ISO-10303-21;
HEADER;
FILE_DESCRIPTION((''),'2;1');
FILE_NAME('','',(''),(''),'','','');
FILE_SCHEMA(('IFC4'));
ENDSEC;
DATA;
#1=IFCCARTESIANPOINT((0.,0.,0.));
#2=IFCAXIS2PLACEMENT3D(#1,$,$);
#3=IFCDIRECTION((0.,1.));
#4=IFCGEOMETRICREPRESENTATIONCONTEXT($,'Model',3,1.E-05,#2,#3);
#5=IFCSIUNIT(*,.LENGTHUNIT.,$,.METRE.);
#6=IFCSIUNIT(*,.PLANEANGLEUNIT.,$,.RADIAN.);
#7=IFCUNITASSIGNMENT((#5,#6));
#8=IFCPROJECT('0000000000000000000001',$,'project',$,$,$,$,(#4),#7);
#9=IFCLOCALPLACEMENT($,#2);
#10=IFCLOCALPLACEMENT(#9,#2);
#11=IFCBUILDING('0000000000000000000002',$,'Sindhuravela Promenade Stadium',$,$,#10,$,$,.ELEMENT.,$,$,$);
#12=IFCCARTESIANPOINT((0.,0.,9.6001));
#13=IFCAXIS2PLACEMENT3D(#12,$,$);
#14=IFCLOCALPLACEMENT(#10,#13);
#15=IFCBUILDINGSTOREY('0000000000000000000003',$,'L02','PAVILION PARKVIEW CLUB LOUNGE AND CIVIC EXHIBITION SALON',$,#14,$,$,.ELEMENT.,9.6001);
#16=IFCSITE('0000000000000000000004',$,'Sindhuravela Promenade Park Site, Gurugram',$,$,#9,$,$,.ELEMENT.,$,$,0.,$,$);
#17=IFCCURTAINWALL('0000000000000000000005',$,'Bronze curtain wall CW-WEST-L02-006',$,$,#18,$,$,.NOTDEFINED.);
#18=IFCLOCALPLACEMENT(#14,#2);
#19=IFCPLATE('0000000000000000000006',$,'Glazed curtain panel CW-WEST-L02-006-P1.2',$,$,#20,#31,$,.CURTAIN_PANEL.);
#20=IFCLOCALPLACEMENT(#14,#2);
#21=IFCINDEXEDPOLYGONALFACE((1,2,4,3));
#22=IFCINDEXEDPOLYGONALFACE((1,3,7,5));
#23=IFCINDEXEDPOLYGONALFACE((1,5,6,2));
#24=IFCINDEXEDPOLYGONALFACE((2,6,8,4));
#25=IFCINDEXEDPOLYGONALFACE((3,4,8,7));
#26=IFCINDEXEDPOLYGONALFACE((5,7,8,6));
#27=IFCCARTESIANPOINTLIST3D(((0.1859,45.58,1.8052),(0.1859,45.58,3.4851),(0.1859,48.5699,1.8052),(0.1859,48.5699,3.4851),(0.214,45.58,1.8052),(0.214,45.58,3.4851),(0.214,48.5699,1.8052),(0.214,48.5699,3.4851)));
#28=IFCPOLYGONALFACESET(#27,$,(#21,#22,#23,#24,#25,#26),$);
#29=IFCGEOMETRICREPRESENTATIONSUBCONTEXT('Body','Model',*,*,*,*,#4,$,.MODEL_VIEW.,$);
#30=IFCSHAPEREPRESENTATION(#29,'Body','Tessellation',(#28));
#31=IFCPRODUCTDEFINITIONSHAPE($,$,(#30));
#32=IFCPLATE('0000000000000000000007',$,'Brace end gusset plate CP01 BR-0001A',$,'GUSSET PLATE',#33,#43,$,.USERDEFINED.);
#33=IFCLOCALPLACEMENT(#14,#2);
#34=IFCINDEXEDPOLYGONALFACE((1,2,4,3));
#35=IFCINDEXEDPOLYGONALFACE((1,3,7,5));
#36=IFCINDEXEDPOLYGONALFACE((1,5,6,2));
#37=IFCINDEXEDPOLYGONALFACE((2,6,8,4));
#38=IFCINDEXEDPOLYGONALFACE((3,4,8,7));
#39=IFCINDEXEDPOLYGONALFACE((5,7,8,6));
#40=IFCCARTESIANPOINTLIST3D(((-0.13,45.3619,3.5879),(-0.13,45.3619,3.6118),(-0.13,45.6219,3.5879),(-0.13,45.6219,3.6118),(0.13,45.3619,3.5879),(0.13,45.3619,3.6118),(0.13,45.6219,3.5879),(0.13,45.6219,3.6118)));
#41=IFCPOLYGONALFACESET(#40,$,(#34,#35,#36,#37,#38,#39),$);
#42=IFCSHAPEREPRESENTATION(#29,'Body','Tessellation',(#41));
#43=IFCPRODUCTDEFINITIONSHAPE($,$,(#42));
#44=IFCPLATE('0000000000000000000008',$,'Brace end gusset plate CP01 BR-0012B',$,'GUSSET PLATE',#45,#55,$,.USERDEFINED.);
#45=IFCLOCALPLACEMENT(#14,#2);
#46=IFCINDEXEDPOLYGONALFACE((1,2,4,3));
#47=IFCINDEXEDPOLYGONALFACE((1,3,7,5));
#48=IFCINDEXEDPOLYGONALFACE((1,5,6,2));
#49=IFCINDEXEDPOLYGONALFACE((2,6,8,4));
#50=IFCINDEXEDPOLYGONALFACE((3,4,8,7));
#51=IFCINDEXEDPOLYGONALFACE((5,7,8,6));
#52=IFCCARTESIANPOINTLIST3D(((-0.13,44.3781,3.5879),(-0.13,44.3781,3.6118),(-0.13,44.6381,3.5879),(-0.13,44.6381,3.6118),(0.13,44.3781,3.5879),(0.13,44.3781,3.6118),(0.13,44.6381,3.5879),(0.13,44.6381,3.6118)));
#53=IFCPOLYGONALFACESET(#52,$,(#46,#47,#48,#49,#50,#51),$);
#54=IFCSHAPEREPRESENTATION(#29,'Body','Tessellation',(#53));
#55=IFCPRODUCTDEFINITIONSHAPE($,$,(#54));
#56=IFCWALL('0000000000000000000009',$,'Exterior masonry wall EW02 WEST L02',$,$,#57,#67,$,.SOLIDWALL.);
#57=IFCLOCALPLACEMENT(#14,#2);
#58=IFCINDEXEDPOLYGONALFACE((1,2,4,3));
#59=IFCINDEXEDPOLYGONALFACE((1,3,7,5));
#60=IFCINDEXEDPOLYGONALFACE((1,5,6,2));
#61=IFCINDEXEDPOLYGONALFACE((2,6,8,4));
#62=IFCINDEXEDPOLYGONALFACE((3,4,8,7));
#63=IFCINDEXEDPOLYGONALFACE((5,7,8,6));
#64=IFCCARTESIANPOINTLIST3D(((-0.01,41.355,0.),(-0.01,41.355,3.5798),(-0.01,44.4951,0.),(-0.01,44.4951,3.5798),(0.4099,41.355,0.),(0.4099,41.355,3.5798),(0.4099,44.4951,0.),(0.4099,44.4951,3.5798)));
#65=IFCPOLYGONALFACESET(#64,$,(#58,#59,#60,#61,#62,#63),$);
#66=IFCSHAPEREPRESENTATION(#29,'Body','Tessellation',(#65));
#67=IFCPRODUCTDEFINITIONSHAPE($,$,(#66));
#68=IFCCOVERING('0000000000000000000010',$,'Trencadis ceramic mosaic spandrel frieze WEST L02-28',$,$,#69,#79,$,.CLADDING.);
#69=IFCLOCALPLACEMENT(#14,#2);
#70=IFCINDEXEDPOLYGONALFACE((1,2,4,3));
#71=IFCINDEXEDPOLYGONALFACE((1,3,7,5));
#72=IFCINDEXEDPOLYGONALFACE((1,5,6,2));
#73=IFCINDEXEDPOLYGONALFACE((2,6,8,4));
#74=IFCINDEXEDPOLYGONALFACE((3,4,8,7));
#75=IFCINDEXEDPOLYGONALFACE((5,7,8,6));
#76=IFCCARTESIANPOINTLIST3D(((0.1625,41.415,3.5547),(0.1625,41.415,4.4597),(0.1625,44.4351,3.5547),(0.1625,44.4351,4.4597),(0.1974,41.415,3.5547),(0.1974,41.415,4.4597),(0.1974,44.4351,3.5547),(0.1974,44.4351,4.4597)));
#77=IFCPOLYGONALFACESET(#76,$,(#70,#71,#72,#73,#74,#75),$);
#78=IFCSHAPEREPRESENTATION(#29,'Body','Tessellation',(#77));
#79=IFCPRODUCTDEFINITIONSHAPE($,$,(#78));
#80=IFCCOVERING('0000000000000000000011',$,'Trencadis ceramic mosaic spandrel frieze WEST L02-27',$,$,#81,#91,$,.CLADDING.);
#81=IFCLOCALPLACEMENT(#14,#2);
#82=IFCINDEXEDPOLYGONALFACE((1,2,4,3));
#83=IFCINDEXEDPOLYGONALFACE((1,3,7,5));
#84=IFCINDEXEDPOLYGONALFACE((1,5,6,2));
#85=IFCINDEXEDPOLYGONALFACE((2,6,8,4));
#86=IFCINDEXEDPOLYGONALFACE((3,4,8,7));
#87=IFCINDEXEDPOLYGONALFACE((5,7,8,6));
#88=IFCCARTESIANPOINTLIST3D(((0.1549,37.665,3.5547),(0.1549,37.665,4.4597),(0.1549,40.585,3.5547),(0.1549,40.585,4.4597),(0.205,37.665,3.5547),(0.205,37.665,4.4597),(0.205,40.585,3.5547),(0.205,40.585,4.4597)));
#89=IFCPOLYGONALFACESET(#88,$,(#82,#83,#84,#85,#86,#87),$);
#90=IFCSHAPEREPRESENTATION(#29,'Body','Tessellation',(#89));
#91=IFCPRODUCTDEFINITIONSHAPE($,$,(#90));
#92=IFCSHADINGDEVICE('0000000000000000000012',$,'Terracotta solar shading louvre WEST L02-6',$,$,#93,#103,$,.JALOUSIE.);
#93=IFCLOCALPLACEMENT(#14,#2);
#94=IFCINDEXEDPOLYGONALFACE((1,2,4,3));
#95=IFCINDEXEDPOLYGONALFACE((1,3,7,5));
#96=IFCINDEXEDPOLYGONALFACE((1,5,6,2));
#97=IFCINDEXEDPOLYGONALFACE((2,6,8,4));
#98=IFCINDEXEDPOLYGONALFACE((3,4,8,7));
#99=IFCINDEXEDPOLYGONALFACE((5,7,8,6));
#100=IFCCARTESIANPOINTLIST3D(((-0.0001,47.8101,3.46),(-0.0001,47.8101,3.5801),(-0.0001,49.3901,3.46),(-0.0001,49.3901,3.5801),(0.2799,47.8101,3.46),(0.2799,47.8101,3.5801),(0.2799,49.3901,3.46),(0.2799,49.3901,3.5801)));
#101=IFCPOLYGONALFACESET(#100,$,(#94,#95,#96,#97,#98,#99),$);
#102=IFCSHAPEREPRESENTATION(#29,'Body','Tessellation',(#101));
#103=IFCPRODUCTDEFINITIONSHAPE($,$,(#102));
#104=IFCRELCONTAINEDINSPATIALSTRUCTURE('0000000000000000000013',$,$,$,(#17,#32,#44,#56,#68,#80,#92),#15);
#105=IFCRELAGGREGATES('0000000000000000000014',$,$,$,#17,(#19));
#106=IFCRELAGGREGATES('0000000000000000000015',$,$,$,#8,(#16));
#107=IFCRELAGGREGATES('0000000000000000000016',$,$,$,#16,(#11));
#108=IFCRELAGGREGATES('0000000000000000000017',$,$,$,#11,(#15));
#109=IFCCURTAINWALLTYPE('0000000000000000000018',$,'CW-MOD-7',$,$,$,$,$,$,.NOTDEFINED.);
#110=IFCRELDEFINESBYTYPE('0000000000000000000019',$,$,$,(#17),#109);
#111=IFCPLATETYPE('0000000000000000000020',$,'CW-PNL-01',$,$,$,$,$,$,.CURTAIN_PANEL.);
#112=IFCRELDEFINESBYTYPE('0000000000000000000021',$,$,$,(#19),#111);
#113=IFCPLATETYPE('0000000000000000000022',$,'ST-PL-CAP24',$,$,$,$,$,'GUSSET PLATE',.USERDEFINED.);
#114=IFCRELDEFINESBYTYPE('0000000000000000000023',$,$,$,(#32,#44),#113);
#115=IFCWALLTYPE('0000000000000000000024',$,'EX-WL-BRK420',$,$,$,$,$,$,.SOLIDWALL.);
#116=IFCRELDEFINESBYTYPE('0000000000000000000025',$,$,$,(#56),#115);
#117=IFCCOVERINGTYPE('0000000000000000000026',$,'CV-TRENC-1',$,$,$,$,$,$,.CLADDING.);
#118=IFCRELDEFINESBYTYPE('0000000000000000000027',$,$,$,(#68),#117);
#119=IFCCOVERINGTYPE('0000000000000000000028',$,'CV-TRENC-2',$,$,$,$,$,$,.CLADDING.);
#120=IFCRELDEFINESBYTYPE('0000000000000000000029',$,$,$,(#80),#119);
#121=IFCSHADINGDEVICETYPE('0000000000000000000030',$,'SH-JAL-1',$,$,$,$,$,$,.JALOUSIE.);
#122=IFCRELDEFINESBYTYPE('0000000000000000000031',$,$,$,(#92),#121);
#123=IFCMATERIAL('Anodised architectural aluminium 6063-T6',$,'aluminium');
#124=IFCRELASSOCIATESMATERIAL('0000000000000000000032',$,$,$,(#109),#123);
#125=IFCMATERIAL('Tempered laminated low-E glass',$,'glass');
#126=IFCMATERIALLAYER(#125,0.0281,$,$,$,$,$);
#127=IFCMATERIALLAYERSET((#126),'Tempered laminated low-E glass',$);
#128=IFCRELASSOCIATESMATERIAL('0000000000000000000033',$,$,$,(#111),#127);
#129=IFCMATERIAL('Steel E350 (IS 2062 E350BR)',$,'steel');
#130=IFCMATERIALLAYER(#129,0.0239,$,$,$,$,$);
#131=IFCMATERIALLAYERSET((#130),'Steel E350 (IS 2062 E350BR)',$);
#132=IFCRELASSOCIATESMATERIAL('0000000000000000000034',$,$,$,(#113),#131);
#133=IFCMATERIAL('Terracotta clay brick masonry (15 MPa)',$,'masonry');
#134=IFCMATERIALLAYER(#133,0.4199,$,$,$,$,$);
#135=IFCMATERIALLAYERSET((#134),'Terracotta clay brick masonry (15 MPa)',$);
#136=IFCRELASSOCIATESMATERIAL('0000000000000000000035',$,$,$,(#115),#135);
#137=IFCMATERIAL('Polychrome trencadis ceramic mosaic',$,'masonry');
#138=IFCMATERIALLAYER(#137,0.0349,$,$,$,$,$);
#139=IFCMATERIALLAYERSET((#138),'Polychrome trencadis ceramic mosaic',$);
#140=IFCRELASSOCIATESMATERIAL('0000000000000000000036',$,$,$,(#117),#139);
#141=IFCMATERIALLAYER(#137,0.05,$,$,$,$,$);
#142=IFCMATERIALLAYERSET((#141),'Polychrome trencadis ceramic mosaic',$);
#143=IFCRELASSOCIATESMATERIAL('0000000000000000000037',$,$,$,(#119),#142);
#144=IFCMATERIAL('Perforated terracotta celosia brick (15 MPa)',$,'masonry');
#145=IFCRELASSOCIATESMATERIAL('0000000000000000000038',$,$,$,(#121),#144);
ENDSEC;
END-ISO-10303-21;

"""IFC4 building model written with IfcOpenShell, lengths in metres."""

from ifc_helpers import new_model, si_unit, direction, frame, frame_2d, origin, origin_2d, place, context, subcontext, project, spatial, rectangle, extrude, material, layer, layer_set, type_object, element, aggregate, save


model = new_model("IFC4")

# Units and contexts
model_context = context("Model", 3, precision=1e-05, world=origin(), true_north=direction((0.0, 1.0)))
body_context = subcontext(model_context, "Body", "Model", "MODEL_VIEW")
ifc_project = project(units=[si_unit("LENGTHUNIT", "METRE"), si_unit("PLANEANGLEUNIT", "RADIAN")], contexts=[model_context])

# Site, building, storey
site_placement = place(None, origin())
site = spatial("IfcSite", under=ifc_project, at=site_placement, Name="Sindhuravela Promenade Park Site, Gurugram", CompositionType="ELEMENT", RefElevation=0.0)
building_placement = place(site_placement, origin())
building = spatial("IfcBuilding", under=site, at=building_placement, Name="Sindhuravela Promenade Stadium", CompositionType="ELEMENT")
storey_placement = place(building_placement, frame((0.0, 0.0, 9.6001)))
storey = spatial("IfcBuildingStorey", under=building, at=storey_placement, Name="L02", Description="PAVILION PARKVIEW CLUB LOUNGE AND CIVIC EXHIBITION SALON", CompositionType="ELEMENT", Elevation=9.6001)

# Curtain wall
ifc_material_1 = material(Name="Anodised architectural aluminium 6063-T6", Category="aluminium")
curtain_wall_type = type_object("IfcCurtainWallType", Name="CW-MOD-7", PredefinedType="NOTDEFINED", material=ifc_material_1)
curtain_wall_placement = place(storey_placement, origin())
curtain_wall = element("IfcCurtainWall", 1, at=curtain_wall_placement, inside=storey, type_object=curtain_wall_type, Name="Bronze curtain wall CW-WEST-L02-006", PredefinedType="NOTDEFINED")

# Shared definitions
ifc_material_2 = material(Name="Steel E350 (IS 2062 E350BR)", Category="steel")

# Shared definitions
ifc_material_3 = material(Name="Perforated terracotta celosia brick (15 MPa)", Category="masonry")

# Plate
ifc_material_4 = material(Name="Tempered laminated low-E glass", Category="glass")
ifc_layer_1 = layer(ifc_material_4, 0.0281)
ifc_layer_set_1 = layer_set([ifc_layer_1], Name="Tempered laminated low-E glass")
plate_type_1 = type_object("IfcPlateType", Name="CW-PNL-01", PredefinedType="CURTAIN_PANEL", material=ifc_layer_set_1)
plate_1_placement = place(storey_placement, frame((0.2, 47.075, 1.8052), z_axis=(0.0, 0.0, 1.0), x_axis=(0.0, 1.0, 0.0)))
plate_1 = element("IfcPlate", 2, at=plate_1_placement, type_object=plate_type_1, Name="Glazed curtain panel CW-WEST-L02-006-P1.2", PredefinedType="CURTAIN_PANEL", context=body_context, shape_type="SweptSolid", body=[
    extrude(rectangle(XDim=2.99, YDim=0.0281, at=origin_2d()), origin(), (0.0, 0.0, 1.0), 1.6799),
])
aggregate(curtain_wall, [plate_1])

# Plates
ifc_layer_2 = layer(ifc_material_2, 0.0239)
ifc_layer_set_2 = layer_set([ifc_layer_2], Name="Steel E350 (IS 2062 E350BR)")
plate_type_2 = type_object("IfcPlateType", Name="ST-PL-CAP24", ElementType="GUSSET PLATE", PredefinedType="USERDEFINED", material=ifc_layer_set_2)
for number, where, z_axis, x_axis, name in (
    (3, (0.0, 45.4919, 3.5879), (0.0, 0.0, 1.0), (1.0, 0.0, 0.0), "Brace end gusset plate CP01 BR-0001A"),
    (4, (0.0, 44.5081, 3.5879), (0.0, 0.0, 1.0), (1.0, 0.0, 0.0), "Brace end gusset plate CP01 BR-0012B"),
):
    element("IfcPlate", number, at=place(storey_placement, frame(where, z_axis=z_axis, x_axis=x_axis)), inside=storey, type_object=plate_type_2, Name=name, ObjectType="GUSSET PLATE", PredefinedType="USERDEFINED", context=body_context, shape_type="SweptSolid", body=[
        extrude(rectangle(XDim=0.26, YDim=0.26, at=origin_2d()), origin(), (0.0, 0.0, 1.0), 0.0239),
    ])

# Wall
ifc_material_5 = material(Name="Terracotta clay brick masonry (15 MPa)", Category="masonry")
ifc_layer_3 = layer(ifc_material_5, 0.4199)
ifc_layer_set_3 = layer_set([ifc_layer_3], Name="Terracotta clay brick masonry (15 MPa)")
wall_type = type_object("IfcWallType", Name="EX-WL-BRK420", PredefinedType="SOLIDWALL", material=ifc_layer_set_3)
wall_placement = place(storey_placement, frame((0.2, 41.355, 0.0), z_axis=(0.0, 0.0, 1.0), x_axis=(0.0, 1.0, 0.0)))
element("IfcWall", 5, at=wall_placement, inside=storey, type_object=wall_type, Name="Exterior masonry wall EW02 WEST L02", PredefinedType="SOLIDWALL", context=body_context, shape_type="SweptSolid", body=[
    extrude(rectangle(XDim=3.1401, YDim=0.4199, at=frame_2d((1.5701, 0.0))), origin(), (0.0, 0.0, 1.0), 3.5798),
])

# Coverings
ifc_material_6 = material(Name="Polychrome trencadis ceramic mosaic", Category="masonry")
ifc_layer_4 = layer(ifc_material_6, 0.0349)
ifc_layer_set_4 = layer_set([ifc_layer_4], Name="Polychrome trencadis ceramic mosaic")
covering_type_1 = type_object("IfcCoveringType", Name="CV-TRENC-1", PredefinedType="CLADDING", material=ifc_layer_set_4)
covering_1_placement = place(storey_placement, frame((0.1799, 42.925, 3.5547), z_axis=(0.0, 0.0, 1.0), x_axis=(0.0, 1.0, 0.0)))
element("IfcCovering", 6, at=covering_1_placement, inside=storey, type_object=covering_type_1, Name="Trencadis ceramic mosaic spandrel frieze WEST L02-28", PredefinedType="CLADDING", context=body_context, shape_type="SweptSolid", body=[
    extrude(rectangle(XDim=3.02, YDim=0.0349, at=origin_2d()), origin(), (0.0, 0.0, 1.0), 0.905),
])
ifc_layer_5 = layer(ifc_material_6, 0.05)
ifc_layer_set_5 = layer_set([ifc_layer_5], Name="Polychrome trencadis ceramic mosaic")
covering_type_2 = type_object("IfcCoveringType", Name="CV-TRENC-2", PredefinedType="CLADDING", material=ifc_layer_set_5)
covering_2_placement = place(storey_placement, frame((0.1799, 39.125, 3.5547), z_axis=(0.0, 0.0, 1.0), x_axis=(0.0, 1.0, 0.0)))
element("IfcCovering", 7, at=covering_2_placement, inside=storey, type_object=covering_type_2, Name="Trencadis ceramic mosaic spandrel frieze WEST L02-27", PredefinedType="CLADDING", context=body_context, shape_type="SweptSolid", body=[
    extrude(rectangle(XDim=2.9199, YDim=0.05, at=origin_2d()), origin(), (0.0, 0.0, 1.0), 0.905),
])

# Shading device
shading_device_type = type_object("IfcShadingDeviceType", Name="SH-JAL-1", PredefinedType="JALOUSIE", material=ifc_material_3)
shading_device_placement = place(storey_placement, frame((0.1399, 48.6001, 3.46), z_axis=(0.0, 0.0, 1.0), x_axis=(0.0, 1.0, 0.0)))
element("IfcShadingDevice", 8, at=shading_device_placement, inside=storey, type_object=shading_device_type, Name="Terracotta solar shading louvre WEST L02-6", PredefinedType="JALOUSIE", context=body_context, shape_type="SweptSolid", body=[
    extrude(rectangle(XDim=1.5801, YDim=0.28, at=origin_2d()), origin(), (0.0, 0.0, 1.0), 0.1201),
])

save(model, "model.ifc")
